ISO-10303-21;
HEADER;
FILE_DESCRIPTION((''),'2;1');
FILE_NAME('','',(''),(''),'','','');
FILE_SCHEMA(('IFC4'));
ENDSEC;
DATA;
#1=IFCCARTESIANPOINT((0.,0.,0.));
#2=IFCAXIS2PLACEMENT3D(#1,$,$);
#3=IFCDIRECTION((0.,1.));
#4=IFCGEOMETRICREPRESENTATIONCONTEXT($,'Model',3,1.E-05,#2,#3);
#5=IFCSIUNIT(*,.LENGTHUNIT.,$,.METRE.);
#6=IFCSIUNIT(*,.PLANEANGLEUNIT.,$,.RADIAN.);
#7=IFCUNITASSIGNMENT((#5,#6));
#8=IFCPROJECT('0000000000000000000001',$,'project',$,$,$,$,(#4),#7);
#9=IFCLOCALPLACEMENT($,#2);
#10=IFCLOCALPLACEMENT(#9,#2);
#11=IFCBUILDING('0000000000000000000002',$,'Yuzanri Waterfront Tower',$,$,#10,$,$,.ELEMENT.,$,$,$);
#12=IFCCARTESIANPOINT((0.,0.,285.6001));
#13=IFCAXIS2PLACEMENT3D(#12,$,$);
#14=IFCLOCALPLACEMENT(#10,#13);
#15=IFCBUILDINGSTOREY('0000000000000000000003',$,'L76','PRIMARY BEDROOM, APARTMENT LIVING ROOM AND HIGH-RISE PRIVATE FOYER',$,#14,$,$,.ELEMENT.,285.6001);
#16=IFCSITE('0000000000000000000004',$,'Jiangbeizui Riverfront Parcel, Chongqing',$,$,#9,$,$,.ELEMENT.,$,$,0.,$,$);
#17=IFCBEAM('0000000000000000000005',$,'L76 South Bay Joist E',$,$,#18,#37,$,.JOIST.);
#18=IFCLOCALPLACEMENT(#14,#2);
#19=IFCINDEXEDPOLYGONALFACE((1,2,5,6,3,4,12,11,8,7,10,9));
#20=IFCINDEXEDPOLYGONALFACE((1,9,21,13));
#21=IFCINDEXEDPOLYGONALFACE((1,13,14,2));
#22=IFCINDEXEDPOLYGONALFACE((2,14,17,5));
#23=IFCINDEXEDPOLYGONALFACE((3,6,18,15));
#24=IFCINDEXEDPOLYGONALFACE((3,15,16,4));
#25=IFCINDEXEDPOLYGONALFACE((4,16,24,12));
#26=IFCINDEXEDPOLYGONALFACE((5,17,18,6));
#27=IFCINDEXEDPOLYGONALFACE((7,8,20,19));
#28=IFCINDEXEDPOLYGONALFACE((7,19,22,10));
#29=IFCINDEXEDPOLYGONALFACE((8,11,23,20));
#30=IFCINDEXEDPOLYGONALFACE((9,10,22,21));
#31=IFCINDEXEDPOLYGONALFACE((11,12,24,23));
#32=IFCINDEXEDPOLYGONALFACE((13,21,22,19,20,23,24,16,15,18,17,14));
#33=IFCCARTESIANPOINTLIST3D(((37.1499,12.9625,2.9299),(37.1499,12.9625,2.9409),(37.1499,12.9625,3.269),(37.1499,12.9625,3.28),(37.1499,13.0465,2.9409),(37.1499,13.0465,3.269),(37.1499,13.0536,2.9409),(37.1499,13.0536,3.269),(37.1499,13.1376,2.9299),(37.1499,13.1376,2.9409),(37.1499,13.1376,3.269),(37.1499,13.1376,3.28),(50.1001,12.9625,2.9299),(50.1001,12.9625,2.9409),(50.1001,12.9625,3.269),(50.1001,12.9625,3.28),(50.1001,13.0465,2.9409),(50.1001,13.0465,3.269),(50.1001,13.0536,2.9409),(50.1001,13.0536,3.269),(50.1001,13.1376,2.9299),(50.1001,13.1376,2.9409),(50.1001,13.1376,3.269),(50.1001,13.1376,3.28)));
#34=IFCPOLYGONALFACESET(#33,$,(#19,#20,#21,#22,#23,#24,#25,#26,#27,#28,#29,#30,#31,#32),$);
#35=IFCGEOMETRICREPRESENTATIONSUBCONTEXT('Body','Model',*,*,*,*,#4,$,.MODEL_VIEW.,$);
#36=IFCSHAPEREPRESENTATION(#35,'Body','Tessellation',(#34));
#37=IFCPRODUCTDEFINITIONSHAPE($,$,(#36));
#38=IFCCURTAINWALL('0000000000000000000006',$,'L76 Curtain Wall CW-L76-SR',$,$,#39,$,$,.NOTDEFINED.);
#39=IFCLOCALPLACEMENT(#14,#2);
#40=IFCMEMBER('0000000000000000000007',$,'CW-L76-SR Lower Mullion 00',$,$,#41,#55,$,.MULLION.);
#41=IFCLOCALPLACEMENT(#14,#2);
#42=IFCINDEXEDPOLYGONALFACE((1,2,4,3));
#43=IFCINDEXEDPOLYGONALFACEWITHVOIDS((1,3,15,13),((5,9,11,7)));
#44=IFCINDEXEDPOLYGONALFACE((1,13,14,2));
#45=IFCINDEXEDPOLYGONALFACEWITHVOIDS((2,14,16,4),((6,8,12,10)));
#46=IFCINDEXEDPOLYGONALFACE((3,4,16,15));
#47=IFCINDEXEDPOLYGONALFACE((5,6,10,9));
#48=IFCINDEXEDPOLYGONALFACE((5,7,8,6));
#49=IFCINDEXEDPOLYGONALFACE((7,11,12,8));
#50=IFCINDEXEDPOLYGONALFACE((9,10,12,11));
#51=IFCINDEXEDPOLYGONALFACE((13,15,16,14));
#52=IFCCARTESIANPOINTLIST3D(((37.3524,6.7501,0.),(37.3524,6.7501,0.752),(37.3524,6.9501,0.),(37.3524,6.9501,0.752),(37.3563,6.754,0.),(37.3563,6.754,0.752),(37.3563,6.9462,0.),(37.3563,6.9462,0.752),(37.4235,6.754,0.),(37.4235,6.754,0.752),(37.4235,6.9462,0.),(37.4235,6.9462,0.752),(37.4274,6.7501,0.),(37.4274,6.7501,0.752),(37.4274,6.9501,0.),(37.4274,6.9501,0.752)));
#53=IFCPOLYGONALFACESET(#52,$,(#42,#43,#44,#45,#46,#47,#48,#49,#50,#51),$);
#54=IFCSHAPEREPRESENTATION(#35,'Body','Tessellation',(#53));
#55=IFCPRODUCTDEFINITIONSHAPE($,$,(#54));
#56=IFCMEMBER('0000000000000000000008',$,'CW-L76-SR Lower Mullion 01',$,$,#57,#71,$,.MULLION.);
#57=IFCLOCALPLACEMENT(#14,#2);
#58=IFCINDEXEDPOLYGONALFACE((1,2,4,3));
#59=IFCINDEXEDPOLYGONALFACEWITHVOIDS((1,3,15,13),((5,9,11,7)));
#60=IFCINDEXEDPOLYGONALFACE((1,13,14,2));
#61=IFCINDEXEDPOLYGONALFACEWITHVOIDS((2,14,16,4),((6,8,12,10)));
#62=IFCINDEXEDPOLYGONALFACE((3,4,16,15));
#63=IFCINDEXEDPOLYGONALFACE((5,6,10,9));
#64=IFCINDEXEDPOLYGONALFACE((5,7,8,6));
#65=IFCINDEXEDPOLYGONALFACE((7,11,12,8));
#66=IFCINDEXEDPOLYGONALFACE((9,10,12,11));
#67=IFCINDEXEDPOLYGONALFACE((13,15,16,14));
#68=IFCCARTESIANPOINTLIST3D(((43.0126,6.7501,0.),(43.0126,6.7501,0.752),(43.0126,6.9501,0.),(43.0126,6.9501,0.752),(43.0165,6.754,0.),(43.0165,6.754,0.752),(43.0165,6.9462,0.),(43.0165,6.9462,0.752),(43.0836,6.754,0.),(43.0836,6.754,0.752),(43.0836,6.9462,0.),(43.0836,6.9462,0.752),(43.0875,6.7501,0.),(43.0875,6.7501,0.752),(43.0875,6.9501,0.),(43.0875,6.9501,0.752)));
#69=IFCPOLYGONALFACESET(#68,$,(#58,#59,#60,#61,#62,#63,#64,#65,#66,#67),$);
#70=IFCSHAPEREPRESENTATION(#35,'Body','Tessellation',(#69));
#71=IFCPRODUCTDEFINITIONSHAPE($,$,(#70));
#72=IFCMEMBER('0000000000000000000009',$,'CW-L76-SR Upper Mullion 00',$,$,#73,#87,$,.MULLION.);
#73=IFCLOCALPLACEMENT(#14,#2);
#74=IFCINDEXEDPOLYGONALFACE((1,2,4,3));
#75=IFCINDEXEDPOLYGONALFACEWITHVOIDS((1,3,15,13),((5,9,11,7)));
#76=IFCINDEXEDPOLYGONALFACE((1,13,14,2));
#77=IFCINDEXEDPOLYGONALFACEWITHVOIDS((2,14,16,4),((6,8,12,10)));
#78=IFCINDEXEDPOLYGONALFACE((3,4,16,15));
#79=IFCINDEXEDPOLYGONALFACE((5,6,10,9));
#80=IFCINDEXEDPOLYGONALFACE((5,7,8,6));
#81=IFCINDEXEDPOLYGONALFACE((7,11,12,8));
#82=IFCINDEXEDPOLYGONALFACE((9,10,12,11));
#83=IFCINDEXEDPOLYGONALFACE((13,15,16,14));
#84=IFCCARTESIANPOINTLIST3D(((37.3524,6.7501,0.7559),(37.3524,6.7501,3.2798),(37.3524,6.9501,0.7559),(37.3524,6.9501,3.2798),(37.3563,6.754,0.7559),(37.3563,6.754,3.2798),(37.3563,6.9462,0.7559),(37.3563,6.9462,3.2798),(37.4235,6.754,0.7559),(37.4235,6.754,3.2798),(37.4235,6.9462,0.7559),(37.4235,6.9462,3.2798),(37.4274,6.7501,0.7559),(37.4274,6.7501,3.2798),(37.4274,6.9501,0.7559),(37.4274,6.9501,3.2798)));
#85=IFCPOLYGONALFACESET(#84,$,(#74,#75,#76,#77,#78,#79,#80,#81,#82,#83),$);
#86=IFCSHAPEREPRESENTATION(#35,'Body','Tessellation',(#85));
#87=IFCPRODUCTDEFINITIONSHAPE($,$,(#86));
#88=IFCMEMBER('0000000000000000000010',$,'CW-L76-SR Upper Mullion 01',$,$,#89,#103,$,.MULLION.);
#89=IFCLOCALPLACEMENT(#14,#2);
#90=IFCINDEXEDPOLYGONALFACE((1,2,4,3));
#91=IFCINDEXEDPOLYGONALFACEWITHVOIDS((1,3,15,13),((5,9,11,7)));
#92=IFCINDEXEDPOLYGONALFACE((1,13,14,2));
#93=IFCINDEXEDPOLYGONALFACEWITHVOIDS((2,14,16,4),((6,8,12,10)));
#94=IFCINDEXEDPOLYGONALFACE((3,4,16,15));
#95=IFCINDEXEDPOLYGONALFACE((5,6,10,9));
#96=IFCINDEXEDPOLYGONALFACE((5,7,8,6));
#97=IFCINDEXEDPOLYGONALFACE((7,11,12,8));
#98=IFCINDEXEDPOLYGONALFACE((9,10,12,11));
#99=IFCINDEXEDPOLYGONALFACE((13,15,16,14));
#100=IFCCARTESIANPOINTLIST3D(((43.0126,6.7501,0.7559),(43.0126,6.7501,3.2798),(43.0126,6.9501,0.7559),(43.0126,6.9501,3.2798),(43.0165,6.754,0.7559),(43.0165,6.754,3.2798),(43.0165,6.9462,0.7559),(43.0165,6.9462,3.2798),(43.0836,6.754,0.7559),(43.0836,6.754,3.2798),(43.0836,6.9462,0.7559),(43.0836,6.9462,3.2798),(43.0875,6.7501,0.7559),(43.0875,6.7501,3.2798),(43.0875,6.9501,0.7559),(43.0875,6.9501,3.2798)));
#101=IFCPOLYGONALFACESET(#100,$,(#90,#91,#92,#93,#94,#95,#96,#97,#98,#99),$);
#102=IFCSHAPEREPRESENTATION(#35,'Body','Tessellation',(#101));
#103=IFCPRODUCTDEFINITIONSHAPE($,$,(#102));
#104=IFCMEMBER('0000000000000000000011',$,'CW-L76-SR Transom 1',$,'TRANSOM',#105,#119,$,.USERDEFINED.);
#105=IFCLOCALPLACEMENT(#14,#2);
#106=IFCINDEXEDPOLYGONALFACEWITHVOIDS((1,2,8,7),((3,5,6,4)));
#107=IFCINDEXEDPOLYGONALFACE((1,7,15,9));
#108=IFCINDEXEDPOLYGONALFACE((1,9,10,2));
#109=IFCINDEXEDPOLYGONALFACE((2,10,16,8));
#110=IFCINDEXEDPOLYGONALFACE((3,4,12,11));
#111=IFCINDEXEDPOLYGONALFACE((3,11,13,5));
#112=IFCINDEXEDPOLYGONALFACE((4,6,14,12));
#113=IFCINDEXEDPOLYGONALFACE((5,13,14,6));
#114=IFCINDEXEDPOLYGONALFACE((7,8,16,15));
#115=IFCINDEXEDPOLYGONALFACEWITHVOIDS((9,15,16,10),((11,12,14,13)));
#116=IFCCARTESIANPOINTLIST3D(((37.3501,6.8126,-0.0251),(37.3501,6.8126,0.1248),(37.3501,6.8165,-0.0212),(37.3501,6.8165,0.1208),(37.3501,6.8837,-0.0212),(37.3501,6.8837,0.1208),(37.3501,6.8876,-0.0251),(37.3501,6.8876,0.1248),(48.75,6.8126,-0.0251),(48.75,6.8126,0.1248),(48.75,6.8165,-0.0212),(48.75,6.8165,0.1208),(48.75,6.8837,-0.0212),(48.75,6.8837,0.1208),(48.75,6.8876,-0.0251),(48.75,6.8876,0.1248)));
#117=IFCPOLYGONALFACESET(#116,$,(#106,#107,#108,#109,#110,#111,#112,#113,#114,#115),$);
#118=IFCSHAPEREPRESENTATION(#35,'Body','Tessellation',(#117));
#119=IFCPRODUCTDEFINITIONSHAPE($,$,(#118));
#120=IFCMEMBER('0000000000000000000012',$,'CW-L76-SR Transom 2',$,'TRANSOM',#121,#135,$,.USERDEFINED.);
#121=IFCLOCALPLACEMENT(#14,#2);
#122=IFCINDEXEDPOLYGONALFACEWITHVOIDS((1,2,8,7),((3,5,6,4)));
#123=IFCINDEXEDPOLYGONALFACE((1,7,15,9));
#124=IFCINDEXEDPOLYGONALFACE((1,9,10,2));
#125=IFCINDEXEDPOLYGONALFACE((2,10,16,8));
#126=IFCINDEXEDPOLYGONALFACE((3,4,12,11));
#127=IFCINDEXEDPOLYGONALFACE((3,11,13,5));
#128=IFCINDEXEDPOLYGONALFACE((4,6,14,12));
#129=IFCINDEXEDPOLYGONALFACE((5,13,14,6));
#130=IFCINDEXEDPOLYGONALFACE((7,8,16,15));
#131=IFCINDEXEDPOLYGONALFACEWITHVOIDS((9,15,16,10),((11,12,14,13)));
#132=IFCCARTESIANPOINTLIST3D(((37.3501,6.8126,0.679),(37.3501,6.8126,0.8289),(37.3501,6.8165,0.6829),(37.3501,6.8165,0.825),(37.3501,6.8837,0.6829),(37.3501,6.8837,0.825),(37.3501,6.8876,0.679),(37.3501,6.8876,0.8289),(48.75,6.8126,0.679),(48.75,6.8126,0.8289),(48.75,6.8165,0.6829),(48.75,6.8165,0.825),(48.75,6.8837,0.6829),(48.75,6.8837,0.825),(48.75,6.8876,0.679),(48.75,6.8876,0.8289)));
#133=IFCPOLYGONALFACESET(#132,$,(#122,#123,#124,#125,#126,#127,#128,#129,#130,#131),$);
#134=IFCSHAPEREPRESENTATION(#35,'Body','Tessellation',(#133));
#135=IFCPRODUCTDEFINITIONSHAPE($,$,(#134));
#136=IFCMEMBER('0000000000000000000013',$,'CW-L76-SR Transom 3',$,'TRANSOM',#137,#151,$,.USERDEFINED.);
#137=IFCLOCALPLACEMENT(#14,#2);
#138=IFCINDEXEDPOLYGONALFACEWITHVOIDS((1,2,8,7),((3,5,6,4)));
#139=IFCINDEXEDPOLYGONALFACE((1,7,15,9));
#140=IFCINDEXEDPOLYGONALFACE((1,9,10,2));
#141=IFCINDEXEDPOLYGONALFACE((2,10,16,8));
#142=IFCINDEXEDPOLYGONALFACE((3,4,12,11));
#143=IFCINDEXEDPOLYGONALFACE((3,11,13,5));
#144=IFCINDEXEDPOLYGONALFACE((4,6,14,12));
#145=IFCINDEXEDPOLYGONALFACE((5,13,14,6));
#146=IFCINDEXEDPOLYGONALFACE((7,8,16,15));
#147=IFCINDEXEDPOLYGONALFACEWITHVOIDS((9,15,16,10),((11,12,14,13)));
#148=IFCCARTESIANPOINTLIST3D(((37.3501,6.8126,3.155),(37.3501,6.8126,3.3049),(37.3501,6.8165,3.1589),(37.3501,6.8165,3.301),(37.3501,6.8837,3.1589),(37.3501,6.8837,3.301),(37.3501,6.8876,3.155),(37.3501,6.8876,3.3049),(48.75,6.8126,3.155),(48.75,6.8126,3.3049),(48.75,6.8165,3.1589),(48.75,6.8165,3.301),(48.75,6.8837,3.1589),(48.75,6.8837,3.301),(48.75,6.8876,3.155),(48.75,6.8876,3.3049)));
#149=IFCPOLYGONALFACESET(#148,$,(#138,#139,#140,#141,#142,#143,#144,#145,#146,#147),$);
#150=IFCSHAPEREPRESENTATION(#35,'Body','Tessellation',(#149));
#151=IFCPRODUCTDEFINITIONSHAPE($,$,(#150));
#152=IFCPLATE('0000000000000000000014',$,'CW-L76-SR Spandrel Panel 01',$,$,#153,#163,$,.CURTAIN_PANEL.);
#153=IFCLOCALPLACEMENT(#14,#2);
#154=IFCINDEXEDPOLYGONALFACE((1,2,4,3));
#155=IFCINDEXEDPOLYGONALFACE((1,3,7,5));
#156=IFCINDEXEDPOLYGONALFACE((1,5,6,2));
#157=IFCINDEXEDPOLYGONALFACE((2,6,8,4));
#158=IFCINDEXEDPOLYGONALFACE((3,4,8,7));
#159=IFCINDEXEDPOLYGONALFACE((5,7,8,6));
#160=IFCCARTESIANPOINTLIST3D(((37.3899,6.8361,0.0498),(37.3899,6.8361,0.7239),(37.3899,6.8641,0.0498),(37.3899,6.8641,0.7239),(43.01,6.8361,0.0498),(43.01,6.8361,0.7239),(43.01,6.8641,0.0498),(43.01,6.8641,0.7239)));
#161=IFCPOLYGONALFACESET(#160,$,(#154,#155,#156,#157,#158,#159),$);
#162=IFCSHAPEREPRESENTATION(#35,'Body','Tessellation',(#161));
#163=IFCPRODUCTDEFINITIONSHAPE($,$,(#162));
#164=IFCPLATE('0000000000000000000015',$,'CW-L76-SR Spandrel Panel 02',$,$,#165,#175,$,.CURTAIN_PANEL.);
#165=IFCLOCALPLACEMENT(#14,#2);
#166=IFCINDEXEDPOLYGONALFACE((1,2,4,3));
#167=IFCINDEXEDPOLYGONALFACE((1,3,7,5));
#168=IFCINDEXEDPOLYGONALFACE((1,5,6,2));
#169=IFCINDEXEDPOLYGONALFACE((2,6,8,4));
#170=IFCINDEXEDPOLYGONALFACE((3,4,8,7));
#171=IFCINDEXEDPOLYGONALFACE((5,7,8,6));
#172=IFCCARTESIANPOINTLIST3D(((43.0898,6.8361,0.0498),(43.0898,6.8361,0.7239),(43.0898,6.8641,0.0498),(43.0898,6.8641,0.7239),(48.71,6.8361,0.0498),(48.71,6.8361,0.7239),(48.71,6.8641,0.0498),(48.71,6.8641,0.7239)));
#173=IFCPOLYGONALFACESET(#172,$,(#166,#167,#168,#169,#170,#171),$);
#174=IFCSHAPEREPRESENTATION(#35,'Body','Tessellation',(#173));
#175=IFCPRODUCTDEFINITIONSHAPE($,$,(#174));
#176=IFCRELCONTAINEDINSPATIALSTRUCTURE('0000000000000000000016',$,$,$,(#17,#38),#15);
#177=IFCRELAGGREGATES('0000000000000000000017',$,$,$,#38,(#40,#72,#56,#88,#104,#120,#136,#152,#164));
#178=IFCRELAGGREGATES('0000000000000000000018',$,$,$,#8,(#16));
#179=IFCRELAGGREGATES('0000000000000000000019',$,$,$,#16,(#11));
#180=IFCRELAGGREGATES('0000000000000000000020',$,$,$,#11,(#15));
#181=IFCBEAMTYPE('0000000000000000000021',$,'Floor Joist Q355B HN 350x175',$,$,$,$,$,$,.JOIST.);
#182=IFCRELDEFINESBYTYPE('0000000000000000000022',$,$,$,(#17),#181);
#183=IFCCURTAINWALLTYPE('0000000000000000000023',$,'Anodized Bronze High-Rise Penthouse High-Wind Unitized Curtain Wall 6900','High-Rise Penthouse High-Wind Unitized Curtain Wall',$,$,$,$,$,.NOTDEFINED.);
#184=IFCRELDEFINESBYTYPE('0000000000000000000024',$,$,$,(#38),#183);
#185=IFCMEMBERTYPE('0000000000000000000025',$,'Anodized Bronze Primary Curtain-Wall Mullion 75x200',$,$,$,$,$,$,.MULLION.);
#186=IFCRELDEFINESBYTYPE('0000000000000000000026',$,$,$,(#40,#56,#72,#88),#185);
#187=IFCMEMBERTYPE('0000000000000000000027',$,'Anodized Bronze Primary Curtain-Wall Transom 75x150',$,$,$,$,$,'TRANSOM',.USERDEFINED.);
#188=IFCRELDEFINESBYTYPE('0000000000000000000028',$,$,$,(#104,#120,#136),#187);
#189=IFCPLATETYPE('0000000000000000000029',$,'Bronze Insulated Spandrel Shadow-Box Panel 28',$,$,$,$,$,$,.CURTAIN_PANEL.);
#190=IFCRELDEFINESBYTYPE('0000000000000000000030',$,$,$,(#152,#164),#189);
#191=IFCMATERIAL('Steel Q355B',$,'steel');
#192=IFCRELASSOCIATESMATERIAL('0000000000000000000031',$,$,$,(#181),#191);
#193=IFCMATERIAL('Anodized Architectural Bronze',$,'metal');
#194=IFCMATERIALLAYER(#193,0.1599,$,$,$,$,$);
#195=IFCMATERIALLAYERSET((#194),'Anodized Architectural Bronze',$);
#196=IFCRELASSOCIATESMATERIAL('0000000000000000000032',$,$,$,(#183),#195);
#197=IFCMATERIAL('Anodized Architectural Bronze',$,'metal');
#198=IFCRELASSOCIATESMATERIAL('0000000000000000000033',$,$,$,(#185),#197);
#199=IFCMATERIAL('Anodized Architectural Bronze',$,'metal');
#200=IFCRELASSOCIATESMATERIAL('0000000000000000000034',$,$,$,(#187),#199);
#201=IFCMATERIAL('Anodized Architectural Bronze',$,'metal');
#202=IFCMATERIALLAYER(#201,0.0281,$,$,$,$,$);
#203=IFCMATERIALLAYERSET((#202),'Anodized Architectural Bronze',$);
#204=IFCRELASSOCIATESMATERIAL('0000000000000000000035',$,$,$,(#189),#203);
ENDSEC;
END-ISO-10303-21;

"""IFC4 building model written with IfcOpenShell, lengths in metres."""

from ifc_helpers import new_model, si_unit, direction, frame, origin, origin_2d, place, context, subcontext, project, spatial, rectangle, hollow_rectangle, i_section, extrude, source, transform, mapped, material, layer, layer_set, material_profile, profile_set, type_object, element, aggregate, save


model = new_model("IFC4")

# Units and contexts
model_context = context("Model", 3, precision=1e-05, world=origin(), true_north=direction((0.0, 1.0)))
body_context = subcontext(model_context, "Body", "Model", "MODEL_VIEW")
ifc_project = project(units=[si_unit("LENGTHUNIT", "METRE"), si_unit("PLANEANGLEUNIT", "RADIAN")], contexts=[model_context])

# Site, building, storey
site_placement = place(None, origin())
site = spatial("IfcSite", under=ifc_project, at=site_placement, Name="Jiangbeizui Riverfront Parcel, Chongqing", CompositionType="ELEMENT", RefElevation=0.0)
building_placement = place(site_placement, origin())
building = spatial("IfcBuilding", under=site, at=building_placement, Name="Yuzanri Waterfront Tower", CompositionType="ELEMENT")
storey_placement = place(building_placement, frame((0.0, 0.0, 285.6001)))
storey = spatial("IfcBuildingStorey", under=building, at=storey_placement, Name="L76", Description="PRIMARY BEDROOM, APARTMENT LIVING ROOM AND HIGH-RISE PRIVATE FOYER", CompositionType="ELEMENT", Elevation=285.6001)

# Beam
ifc_material_1 = material(Name="Steel Q355B", Category="steel")
ifc_material_profile_1 = material_profile(ifc_material_1, i_section(OverallWidth=0.175, OverallDepth=0.3501, WebThickness=0.0071, FlangeThickness=0.011, at=origin_2d()), Name="HN 350x175x7x11")
ifc_profile_set_1 = profile_set([ifc_material_profile_1], Name="Steel Q355B")
beam_type = type_object("IfcBeamType", Name="Floor Joist Q355B HN 350x175", PredefinedType="JOIST", material=ifc_profile_set_1)
shared_shape_1 = source(origin(), body_context, "Body", "SweptSolid", [
    extrude(i_section(OverallWidth=0.175, OverallDepth=0.3501, WebThickness=0.0071, FlangeThickness=0.011, at=origin_2d()), origin(), (0.0, 0.0, 1.0), 12.9502),
])
beam_placement = place(storey_placement, frame((37.1499, 13.05, 3.105), z_axis=(1.0, 0.0, 0.0), x_axis=(0.0, 1.0, 0.0)))
element("IfcBeam", 1, at=beam_placement, inside=storey, type_object=beam_type, Name="L76 South Bay Joist E", PredefinedType="JOIST", context=body_context, shape_type="MappedRepresentation", body=[
    mapped(shared_shape_1, transform((0.0, 0.0, 0.0), scale=1.0)),
])

# Curtain wall, members, plates
ifc_material_2 = material(Name="Anodized Architectural Bronze", Category="metal")
ifc_layer_1 = layer(ifc_material_2, 0.1599)
ifc_layer_set_1 = layer_set([ifc_layer_1], Name="Anodized Architectural Bronze")
curtain_wall_type = type_object("IfcCurtainWallType", Name="Anodized Bronze High-Rise Penthouse High-Wind Unitized Curtain Wall 6900", Description="High-Rise Penthouse High-Wind Unitized Curtain Wall", PredefinedType="NOTDEFINED", material=ifc_layer_set_1)
curtain_wall_placement = place(storey_placement, origin())
curtain_wall = element("IfcCurtainWall", 2, at=curtain_wall_placement, inside=storey, type_object=curtain_wall_type, Name="L76 Curtain Wall CW-L76-SR", PredefinedType="NOTDEFINED")
ifc_material_3 = material(Name="Anodized Architectural Bronze", Category="metal")
ifc_material_profile_2 = material_profile(ifc_material_3, hollow_rectangle(XDim=0.075, YDim=0.2, WallThickness=0.0039, at=origin_2d()), Name="CWM 75x200")
ifc_profile_set_2 = profile_set([ifc_material_profile_2], Name="Anodized Architectural Bronze")
member_type_1 = type_object("IfcMemberType", Name="Anodized Bronze Primary Curtain-Wall Mullion 75x200", PredefinedType="MULLION", material=ifc_profile_set_2)
shared_shape_2 = source(origin(), body_context, "Body", "SweptSolid", [
    extrude(hollow_rectangle(XDim=0.075, YDim=0.2, WallThickness=0.0039, at=origin_2d()), origin(), (0.0, 0.0, 1.0), 0.752),
])
member_1_placement = place(storey_placement, frame((37.3899, 6.8501, 0.0), z_axis=(0.0, 0.0, 1.0), x_axis=(1.0, 0.0, 0.0)))
member_1 = element("IfcMember", 3, at=member_1_placement, type_object=member_type_1, Name="CW-L76-SR Lower Mullion 00", PredefinedType="MULLION", context=body_context, shape_type="MappedRepresentation", body=[
    mapped(shared_shape_2, transform((0.0, 0.0, 0.0), scale=1.0)),
])
member_2_placement = place(storey_placement, frame((43.05, 6.8501, 0.0), z_axis=(0.0, 0.0, 1.0), x_axis=(1.0, 0.0, 0.0)))
member_2 = element("IfcMember", 4, at=member_2_placement, type_object=member_type_1, Name="CW-L76-SR Lower Mullion 01", PredefinedType="MULLION", context=body_context, shape_type="MappedRepresentation", body=[
    mapped(shared_shape_2, transform((0.0, 0.0, 0.0), scale=1.0)),
])
shared_shape_3 = source(origin(), body_context, "Body", "SweptSolid", [
    extrude(hollow_rectangle(XDim=0.075, YDim=0.2, WallThickness=0.0039, at=origin_2d()), origin(), (0.0, 0.0, 1.0), 2.5239),
])
member_3_placement = place(storey_placement, frame((37.3899, 6.8501, 0.7559), z_axis=(0.0, 0.0, 1.0), x_axis=(1.0, 0.0, 0.0)))
member_3 = element("IfcMember", 5, at=member_3_placement, type_object=member_type_1, Name="CW-L76-SR Upper Mullion 00", PredefinedType="MULLION", context=body_context, shape_type="MappedRepresentation", body=[
    mapped(shared_shape_3, transform((0.0, 0.0, 0.0), scale=1.0)),
])
member_4_placement = place(storey_placement, frame((43.05, 6.8501, 0.7559), z_axis=(0.0, 0.0, 1.0), x_axis=(1.0, 0.0, 0.0)))
member_4 = element("IfcMember", 6, at=member_4_placement, type_object=member_type_1, Name="CW-L76-SR Upper Mullion 01", PredefinedType="MULLION", context=body_context, shape_type="MappedRepresentation", body=[
    mapped(shared_shape_3, transform((0.0, 0.0, 0.0), scale=1.0)),
])
ifc_material_4 = material(Name="Anodized Architectural Bronze", Category="metal")
ifc_material_profile_3 = material_profile(ifc_material_4, hollow_rectangle(XDim=0.075, YDim=0.1499, WallThickness=0.0039, at=origin_2d()), Name="CWT 75x150")
ifc_profile_set_3 = profile_set([ifc_material_profile_3], Name="Anodized Architectural Bronze")
member_type_2 = type_object("IfcMemberType", Name="Anodized Bronze Primary Curtain-Wall Transom 75x150", ElementType="TRANSOM", PredefinedType="USERDEFINED", material=ifc_profile_set_3)
shared_shape_4 = source(origin(), body_context, "Body", "SweptSolid", [
    extrude(hollow_rectangle(XDim=0.075, YDim=0.1499, WallThickness=0.0039, at=origin_2d()), origin(), (0.0, 0.0, 1.0), 11.3999),
])
member_5_placement = place(storey_placement, frame((37.3501, 6.8501, 0.0498), z_axis=(1.0, 0.0, 0.0), x_axis=(0.0, 1.0, 0.0)))
member_5 = element("IfcMember", 7, at=member_5_placement, type_object=member_type_2, Name="CW-L76-SR Transom 1", ObjectType="TRANSOM", PredefinedType="USERDEFINED", context=body_context, shape_type="MappedRepresentation", body=[
    mapped(shared_shape_4, transform((0.0, 0.0, 0.0), scale=1.0)),
])
member_6_placement = place(storey_placement, frame((37.3501, 6.8501, 0.7539), z_axis=(1.0, 0.0, 0.0), x_axis=(0.0, 1.0, 0.0)))
member_6 = element("IfcMember", 8, at=member_6_placement, type_object=member_type_2, Name="CW-L76-SR Transom 2", ObjectType="TRANSOM", PredefinedType="USERDEFINED", context=body_context, shape_type="MappedRepresentation", body=[
    mapped(shared_shape_4, transform((0.0, 0.0, 0.0), scale=1.0)),
])
member_7_placement = place(storey_placement, frame((37.3501, 6.8501, 3.23), z_axis=(1.0, 0.0, 0.0), x_axis=(0.0, 1.0, 0.0)))
member_7 = element("IfcMember", 9, at=member_7_placement, type_object=member_type_2, Name="CW-L76-SR Transom 3", ObjectType="TRANSOM", PredefinedType="USERDEFINED", context=body_context, shape_type="MappedRepresentation", body=[
    mapped(shared_shape_4, transform((0.0, 0.0, 0.0), scale=1.0)),
])
ifc_material_5 = material(Name="Anodized Architectural Bronze", Category="metal")
ifc_layer_2 = layer(ifc_material_5, 0.0281)
ifc_layer_set_2 = layer_set([ifc_layer_2], Name="Anodized Architectural Bronze")
plate_type_1 = type_object("IfcPlateType", Name="Bronze Insulated Spandrel Shadow-Box Panel 28", PredefinedType="CURTAIN_PANEL", material=ifc_layer_set_2)
shared_shape_5 = source(origin(), body_context, "Body", "SweptSolid", [
    extrude(rectangle(XDim=5.6201, YDim=0.0281, at=origin_2d()), origin(), (0.0, 0.0, 1.0), 0.6741),
])
plate_1_placement = place(storey_placement, frame((40.2, 6.8501, 0.0498), z_axis=(0.0, 0.0, 1.0), x_axis=(1.0, 0.0, 0.0)))
plate_1 = element("IfcPlate", 10, at=plate_1_placement, type_object=plate_type_1, Name="CW-L76-SR Spandrel Panel 01", PredefinedType="CURTAIN_PANEL", context=body_context, shape_type="MappedRepresentation", body=[
    mapped(shared_shape_5, transform((0.0, 0.0, 0.0), scale=1.0)),
])
plate_2_placement = place(storey_placement, frame((45.8999, 6.8501, 0.0498), z_axis=(0.0, 0.0, 1.0), x_axis=(1.0, 0.0, 0.0)))
plate_2 = element("IfcPlate", 11, at=plate_2_placement, type_object=plate_type_1, Name="CW-L76-SR Spandrel Panel 02", PredefinedType="CURTAIN_PANEL", context=body_context, shape_type="MappedRepresentation", body=[
    mapped(shared_shape_5, transform((0.0, 0.0, 0.0), scale=1.0)),
])
aggregate(curtain_wall, [member_1, member_3, member_2, member_4, member_5, member_6, member_7, plate_1, plate_2])

save(model, "model.ifc")
